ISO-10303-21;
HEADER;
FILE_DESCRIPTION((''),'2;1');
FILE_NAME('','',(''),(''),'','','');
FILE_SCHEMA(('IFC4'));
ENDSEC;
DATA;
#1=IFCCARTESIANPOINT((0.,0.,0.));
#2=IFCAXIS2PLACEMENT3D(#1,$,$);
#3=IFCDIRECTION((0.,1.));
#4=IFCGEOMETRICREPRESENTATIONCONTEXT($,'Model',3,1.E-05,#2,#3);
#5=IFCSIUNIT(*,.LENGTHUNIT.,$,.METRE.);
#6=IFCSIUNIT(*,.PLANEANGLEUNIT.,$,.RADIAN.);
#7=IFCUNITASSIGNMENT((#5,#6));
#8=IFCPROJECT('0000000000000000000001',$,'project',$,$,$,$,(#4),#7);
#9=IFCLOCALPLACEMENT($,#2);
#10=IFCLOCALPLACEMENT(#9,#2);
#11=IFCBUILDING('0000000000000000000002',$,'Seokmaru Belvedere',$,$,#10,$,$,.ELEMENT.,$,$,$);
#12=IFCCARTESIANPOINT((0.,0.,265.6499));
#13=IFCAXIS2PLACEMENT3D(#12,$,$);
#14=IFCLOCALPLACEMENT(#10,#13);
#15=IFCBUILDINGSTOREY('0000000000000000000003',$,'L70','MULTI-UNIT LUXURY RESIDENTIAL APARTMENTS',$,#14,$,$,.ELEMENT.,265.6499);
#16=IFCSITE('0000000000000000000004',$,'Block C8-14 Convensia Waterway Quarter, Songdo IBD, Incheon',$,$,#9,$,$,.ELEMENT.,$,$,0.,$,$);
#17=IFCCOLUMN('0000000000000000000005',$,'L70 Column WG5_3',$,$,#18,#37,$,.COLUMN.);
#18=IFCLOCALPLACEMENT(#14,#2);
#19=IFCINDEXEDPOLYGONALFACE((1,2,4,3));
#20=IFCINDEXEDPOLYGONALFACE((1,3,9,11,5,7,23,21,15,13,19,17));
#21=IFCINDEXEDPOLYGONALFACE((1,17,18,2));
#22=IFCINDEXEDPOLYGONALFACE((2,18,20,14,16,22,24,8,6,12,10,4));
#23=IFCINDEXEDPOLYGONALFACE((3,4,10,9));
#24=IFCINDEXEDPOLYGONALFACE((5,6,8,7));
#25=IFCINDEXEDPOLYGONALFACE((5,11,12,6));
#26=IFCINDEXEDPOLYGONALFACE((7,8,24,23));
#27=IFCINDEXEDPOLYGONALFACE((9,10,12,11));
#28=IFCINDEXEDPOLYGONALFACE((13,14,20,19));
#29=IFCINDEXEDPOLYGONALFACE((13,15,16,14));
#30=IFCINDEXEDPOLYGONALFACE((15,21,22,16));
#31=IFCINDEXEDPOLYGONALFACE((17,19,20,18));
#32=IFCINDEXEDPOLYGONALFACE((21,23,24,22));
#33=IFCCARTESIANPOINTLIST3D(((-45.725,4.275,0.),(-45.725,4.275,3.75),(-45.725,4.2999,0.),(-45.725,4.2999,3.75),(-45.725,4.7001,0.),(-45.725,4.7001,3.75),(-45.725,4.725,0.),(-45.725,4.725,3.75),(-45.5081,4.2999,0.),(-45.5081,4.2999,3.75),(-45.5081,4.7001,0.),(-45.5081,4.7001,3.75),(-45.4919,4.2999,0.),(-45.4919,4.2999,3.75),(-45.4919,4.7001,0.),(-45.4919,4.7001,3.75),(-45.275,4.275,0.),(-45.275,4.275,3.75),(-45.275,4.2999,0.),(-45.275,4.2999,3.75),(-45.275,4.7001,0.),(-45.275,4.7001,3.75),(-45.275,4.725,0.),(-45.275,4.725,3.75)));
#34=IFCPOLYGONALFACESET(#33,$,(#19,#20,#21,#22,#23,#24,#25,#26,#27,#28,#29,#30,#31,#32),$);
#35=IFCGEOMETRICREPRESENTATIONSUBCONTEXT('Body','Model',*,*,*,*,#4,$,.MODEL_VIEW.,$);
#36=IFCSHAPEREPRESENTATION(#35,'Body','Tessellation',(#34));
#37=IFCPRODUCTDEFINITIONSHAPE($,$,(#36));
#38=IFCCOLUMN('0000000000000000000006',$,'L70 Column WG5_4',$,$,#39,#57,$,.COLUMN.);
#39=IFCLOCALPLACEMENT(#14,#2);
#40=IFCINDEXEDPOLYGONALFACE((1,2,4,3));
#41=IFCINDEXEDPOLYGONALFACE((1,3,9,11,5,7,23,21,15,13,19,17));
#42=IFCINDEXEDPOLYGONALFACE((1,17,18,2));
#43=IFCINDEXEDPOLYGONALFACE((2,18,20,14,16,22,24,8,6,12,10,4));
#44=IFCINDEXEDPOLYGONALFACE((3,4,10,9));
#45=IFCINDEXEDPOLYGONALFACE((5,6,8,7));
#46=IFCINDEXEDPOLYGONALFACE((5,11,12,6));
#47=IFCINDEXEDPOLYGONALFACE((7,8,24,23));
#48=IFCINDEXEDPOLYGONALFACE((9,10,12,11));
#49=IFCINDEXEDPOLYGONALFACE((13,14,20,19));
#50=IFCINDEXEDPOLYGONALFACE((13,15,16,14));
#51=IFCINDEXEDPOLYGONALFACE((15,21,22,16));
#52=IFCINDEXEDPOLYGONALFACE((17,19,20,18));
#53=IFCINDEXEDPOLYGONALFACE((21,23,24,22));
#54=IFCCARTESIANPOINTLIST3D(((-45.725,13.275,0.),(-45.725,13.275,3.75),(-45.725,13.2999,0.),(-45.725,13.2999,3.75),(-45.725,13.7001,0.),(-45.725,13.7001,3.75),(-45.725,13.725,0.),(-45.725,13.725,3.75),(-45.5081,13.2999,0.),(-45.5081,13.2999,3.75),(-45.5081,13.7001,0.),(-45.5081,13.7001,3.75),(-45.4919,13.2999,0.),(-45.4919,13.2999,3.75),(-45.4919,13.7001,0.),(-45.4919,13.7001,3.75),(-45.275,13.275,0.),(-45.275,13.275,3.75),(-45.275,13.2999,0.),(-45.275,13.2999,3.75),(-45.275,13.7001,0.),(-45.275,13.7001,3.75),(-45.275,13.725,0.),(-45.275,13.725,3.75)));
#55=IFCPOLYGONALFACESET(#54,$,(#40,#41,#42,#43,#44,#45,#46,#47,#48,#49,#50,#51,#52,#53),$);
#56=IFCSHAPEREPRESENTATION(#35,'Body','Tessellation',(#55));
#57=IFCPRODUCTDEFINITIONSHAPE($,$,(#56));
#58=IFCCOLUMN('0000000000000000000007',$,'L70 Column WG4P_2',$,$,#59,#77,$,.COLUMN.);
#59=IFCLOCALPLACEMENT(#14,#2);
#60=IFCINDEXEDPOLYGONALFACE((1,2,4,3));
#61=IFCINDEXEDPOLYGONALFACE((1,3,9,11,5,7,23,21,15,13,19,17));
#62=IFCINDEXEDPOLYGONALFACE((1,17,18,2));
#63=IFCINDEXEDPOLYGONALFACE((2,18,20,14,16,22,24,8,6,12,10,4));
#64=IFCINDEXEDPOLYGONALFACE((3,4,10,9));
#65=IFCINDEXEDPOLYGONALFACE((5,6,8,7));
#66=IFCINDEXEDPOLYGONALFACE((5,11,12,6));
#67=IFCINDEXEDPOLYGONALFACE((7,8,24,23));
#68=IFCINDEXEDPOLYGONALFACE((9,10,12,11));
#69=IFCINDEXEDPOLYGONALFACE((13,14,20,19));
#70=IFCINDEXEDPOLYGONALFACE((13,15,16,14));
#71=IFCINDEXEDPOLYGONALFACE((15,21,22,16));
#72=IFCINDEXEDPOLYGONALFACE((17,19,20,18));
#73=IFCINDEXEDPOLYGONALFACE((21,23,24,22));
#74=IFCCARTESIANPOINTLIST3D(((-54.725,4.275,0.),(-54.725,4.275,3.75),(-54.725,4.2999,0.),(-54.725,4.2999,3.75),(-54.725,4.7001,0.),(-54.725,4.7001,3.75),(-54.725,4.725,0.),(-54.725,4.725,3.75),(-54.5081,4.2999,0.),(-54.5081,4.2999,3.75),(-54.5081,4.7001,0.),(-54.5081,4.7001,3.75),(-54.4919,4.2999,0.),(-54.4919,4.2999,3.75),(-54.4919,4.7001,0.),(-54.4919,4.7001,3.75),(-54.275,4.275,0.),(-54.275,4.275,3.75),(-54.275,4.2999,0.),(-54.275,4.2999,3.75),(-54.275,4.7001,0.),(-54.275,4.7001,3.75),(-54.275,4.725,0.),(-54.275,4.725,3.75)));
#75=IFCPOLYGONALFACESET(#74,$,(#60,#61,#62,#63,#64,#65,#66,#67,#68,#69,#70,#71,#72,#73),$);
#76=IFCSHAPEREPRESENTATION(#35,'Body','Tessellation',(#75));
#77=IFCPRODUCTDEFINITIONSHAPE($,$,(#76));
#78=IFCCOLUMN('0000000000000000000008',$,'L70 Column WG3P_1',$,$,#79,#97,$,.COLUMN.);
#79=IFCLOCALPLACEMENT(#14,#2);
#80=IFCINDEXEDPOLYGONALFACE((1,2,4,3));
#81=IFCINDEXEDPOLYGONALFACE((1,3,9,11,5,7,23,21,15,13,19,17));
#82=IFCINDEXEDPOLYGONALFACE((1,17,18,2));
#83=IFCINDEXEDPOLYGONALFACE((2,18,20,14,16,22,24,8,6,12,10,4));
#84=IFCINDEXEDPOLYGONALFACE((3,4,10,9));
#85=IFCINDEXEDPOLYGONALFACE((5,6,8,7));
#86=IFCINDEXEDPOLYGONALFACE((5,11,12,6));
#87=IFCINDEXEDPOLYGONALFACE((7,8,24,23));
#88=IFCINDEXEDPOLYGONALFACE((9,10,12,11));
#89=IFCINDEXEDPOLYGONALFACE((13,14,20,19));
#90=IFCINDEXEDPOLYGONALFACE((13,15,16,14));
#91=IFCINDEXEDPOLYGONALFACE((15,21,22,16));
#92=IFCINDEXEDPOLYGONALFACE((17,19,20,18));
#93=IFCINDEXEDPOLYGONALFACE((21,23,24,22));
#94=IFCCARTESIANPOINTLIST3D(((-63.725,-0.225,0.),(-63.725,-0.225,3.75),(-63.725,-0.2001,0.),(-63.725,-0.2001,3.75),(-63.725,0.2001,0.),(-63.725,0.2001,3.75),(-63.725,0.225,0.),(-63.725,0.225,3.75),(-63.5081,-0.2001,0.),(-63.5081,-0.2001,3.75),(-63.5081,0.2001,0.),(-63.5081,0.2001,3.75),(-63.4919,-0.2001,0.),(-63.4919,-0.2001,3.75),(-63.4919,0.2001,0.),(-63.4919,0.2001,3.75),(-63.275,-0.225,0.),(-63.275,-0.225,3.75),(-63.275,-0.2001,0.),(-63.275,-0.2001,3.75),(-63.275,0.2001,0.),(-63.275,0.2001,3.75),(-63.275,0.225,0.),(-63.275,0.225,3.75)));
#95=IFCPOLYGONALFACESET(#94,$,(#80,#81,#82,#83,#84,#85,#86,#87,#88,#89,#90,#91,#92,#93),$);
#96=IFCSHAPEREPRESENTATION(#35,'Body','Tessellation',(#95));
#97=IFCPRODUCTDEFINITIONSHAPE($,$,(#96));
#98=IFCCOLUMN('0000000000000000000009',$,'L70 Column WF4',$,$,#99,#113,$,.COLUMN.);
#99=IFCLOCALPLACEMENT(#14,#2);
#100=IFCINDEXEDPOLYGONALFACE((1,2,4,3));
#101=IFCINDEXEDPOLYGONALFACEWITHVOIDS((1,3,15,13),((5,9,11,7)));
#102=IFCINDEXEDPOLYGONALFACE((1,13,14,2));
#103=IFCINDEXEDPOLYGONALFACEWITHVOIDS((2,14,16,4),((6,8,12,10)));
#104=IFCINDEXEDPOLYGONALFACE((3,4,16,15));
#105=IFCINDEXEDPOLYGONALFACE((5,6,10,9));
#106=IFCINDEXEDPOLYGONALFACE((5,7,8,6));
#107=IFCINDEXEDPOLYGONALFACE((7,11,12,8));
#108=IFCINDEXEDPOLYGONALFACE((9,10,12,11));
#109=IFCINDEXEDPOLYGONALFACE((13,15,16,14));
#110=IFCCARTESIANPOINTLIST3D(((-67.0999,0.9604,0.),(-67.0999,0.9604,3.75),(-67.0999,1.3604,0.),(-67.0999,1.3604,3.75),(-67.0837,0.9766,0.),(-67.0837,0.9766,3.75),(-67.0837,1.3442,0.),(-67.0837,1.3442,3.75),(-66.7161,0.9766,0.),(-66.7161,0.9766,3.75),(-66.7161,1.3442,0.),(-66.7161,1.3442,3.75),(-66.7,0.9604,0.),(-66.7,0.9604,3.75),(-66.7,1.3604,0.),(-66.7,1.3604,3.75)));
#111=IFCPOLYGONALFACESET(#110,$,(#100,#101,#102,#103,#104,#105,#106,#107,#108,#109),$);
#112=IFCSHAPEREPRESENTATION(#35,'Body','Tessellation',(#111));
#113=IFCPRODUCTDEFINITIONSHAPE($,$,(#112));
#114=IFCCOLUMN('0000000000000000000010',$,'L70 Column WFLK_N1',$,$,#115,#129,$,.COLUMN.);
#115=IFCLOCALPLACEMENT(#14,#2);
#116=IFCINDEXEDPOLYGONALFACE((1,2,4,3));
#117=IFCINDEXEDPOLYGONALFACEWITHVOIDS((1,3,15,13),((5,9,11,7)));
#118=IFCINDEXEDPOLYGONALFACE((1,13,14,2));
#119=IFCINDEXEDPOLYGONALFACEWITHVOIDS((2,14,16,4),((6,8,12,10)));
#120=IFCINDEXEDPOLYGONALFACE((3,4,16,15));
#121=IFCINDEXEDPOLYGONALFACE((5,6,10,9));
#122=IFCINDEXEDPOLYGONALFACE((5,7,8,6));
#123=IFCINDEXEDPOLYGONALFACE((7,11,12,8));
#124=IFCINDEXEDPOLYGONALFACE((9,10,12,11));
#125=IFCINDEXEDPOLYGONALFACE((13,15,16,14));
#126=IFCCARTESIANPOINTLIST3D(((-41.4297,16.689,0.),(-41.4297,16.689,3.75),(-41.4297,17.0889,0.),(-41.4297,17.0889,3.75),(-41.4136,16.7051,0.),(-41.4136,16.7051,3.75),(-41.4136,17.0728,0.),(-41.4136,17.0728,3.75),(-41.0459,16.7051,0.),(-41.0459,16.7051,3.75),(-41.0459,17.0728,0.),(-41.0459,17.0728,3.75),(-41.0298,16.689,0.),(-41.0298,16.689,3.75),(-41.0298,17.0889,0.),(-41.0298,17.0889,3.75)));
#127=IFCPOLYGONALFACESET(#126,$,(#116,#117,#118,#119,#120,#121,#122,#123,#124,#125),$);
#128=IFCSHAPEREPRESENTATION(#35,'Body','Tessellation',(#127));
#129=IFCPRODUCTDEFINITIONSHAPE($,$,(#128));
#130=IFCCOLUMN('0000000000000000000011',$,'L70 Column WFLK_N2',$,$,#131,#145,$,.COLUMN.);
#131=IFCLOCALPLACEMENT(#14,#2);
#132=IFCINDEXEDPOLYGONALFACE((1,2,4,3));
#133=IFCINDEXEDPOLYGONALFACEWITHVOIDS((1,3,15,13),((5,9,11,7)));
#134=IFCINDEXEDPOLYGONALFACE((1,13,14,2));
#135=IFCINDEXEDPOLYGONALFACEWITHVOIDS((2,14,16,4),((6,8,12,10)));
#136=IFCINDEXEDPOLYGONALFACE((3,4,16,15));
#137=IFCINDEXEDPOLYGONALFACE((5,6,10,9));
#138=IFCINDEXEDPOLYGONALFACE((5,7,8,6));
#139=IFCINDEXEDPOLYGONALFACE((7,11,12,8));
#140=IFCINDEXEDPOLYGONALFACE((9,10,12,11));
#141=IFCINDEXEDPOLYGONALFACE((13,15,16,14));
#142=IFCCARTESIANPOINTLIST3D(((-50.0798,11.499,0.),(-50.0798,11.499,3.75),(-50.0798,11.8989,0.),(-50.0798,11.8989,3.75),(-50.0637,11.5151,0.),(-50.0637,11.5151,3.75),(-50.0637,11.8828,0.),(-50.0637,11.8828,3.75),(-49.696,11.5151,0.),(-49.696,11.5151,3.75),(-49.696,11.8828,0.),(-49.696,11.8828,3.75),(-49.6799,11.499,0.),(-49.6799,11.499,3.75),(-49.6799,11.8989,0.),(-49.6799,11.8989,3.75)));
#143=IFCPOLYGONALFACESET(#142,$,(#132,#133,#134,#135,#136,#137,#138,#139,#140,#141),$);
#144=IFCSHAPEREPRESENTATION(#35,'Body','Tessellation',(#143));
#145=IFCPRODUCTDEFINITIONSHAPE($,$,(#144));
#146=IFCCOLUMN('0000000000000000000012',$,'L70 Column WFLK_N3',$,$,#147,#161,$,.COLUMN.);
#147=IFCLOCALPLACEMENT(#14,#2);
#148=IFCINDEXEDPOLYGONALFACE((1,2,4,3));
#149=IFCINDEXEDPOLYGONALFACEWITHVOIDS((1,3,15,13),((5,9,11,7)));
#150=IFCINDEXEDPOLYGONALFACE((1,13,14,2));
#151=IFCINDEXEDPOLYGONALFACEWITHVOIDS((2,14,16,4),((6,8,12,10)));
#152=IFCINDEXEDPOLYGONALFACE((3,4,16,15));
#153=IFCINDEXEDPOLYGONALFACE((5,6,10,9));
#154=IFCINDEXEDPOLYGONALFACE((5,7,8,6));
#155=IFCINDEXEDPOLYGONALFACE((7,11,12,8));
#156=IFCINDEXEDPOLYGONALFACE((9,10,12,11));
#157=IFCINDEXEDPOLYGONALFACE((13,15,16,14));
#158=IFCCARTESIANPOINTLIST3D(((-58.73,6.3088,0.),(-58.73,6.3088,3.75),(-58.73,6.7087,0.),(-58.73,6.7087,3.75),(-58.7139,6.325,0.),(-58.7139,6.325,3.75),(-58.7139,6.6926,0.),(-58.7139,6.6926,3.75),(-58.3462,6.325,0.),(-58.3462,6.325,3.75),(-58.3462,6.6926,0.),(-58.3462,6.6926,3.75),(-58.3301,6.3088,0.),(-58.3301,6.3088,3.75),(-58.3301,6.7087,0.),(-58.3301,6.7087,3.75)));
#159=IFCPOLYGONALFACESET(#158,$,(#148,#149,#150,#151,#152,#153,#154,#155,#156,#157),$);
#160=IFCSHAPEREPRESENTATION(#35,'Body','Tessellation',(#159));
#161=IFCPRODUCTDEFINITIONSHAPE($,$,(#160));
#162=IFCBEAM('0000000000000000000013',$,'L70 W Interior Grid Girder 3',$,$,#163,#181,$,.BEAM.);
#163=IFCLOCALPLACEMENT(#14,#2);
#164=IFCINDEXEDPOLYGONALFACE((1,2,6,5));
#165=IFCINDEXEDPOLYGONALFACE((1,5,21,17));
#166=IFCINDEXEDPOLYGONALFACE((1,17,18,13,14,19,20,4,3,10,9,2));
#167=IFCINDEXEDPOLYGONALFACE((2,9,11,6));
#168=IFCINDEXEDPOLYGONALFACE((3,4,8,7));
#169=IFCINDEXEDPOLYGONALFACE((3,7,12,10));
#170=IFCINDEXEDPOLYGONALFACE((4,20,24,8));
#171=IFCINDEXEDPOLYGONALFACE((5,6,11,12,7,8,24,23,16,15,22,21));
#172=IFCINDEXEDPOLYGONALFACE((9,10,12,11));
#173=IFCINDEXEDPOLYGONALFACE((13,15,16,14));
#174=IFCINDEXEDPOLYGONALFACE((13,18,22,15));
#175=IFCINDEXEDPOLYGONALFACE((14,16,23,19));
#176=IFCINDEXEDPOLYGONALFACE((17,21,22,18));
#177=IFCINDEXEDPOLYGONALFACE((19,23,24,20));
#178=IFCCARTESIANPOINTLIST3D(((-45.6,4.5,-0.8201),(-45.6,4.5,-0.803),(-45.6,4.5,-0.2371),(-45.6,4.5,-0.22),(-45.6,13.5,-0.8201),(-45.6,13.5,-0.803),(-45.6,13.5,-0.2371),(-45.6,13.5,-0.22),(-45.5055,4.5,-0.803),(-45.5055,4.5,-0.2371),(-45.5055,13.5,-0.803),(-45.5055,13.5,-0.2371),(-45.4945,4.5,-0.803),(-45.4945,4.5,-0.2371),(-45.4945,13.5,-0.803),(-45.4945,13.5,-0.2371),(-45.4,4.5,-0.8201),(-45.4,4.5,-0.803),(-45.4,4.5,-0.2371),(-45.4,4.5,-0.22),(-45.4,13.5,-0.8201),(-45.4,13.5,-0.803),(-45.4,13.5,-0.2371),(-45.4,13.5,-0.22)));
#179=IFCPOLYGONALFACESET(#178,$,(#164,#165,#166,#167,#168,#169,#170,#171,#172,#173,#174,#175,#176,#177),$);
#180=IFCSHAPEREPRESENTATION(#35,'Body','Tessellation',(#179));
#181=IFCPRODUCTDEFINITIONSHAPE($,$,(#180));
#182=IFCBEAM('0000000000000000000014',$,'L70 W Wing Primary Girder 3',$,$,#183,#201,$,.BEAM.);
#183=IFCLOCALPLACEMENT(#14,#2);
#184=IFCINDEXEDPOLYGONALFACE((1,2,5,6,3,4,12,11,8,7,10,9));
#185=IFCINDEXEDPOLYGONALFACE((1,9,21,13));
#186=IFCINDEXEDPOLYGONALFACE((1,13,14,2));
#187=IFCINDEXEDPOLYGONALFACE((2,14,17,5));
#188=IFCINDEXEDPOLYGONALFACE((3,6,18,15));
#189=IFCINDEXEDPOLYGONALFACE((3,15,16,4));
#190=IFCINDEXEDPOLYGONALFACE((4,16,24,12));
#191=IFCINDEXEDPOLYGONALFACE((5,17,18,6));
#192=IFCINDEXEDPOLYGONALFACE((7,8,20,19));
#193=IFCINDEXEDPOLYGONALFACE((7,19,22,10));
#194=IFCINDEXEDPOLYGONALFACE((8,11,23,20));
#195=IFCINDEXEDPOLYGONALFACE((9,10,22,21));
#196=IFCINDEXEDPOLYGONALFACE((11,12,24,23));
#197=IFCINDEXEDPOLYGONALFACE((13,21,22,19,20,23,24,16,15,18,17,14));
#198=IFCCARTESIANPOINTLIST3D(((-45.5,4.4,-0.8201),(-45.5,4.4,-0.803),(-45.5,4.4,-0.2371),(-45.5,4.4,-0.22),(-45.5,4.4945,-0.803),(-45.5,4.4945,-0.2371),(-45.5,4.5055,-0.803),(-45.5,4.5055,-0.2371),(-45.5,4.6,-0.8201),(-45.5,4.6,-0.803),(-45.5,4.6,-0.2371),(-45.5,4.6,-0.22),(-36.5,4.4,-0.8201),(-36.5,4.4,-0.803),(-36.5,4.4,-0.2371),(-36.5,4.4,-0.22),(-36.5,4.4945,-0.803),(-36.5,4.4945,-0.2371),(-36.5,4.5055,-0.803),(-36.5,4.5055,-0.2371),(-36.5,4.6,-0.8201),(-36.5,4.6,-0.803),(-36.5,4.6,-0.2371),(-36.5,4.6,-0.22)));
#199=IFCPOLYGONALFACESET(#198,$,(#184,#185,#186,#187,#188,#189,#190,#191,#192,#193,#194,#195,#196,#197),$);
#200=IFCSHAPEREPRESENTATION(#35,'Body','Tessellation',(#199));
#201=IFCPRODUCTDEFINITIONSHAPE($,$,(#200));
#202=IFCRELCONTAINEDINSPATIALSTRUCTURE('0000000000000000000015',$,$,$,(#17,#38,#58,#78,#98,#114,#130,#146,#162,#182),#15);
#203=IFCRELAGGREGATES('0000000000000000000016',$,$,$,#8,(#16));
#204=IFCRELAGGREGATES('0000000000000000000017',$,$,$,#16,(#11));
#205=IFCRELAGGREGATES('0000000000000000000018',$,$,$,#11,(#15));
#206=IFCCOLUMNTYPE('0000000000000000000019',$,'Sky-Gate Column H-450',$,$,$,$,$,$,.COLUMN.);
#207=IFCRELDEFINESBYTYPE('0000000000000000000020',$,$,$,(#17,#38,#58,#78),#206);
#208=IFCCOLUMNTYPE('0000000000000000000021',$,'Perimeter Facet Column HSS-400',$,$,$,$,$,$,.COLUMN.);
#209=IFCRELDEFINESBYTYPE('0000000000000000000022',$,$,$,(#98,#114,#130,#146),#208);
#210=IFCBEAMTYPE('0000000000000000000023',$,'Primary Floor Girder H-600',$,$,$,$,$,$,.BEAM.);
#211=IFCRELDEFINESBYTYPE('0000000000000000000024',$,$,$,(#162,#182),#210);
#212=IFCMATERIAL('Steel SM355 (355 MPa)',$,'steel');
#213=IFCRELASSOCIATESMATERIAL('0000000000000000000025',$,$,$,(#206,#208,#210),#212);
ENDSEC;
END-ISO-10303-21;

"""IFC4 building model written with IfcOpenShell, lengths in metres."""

from ifc_helpers import new_model, si_unit, direction, frame, origin, origin_2d, place, context, subcontext, project, spatial, hollow_rectangle, i_section, extrude, source, transform, mapped, material, material_profile, profile_set, type_object, type_shapes, element, save


model = new_model("IFC4")

# Units and contexts
model_context = context("Model", 3, precision=1e-05, world=origin(), true_north=direction((0.0, 1.0)))
body_context = subcontext(model_context, "Body", "Model", "MODEL_VIEW")
ifc_project = project(units=[si_unit("LENGTHUNIT", "METRE"), si_unit("PLANEANGLEUNIT", "RADIAN")], contexts=[model_context])

# Site, building, storey
site_placement = place(None, origin())
site = spatial("IfcSite", under=ifc_project, at=site_placement, Name="Block C8-14 Convensia Waterway Quarter, Songdo IBD, Incheon", CompositionType="ELEMENT", RefElevation=0.0)
building_placement = place(site_placement, origin())
building = spatial("IfcBuilding", under=site, at=building_placement, Name="Seokmaru Belvedere", CompositionType="ELEMENT")
storey_placement = place(building_placement, frame((0.0, 0.0, 265.6499)))
storey = spatial("IfcBuildingStorey", under=building, at=storey_placement, Name="L70", Description="MULTI-UNIT LUXURY RESIDENTIAL APARTMENTS", CompositionType="ELEMENT", Elevation=265.6499)

# Columns
ifc_material_1 = material(Name="Steel SM355 (355 MPa)", Category="steel")
ifc_material_profile_1 = material_profile(ifc_material_1, i_section(OverallWidth=0.45, OverallDepth=0.45, WebThickness=0.0161, FlangeThickness=0.0249, at=origin_2d()), Name="H-450x450x16x25")
ifc_profile_set_1 = profile_set([ifc_material_profile_1], Name="Steel SM355 (355 MPa)")
column_type_1 = type_object("IfcColumnType", Name="Sky-Gate Column H-450", PredefinedType="COLUMN", material=ifc_profile_set_1)
shared_shape_1 = source(origin(), body_context, "Body", "SweptSolid", [
    extrude(i_section(OverallWidth=0.45, OverallDepth=0.45, WebThickness=0.0161, FlangeThickness=0.0249, at=origin_2d()), origin(), (0.0, 0.0, 1.0), 3.75),
])
type_shapes(column_type_1, [shared_shape_1])
for number, where, z_axis, x_axis, name in (
    (1, (-45.5, 4.5, 0.0), (0.0, 0.0, 1.0), (1.0, 0.0, 0.0), "L70 Column WG5_3"),
    (2, (-45.5, 13.5, 0.0), (0.0, 0.0, 1.0), (1.0, 0.0, 0.0), "L70 Column WG5_4"),
    (3, (-54.5, 4.5, 0.0), (0.0, 0.0, 1.0), (1.0, 0.0, 0.0), "L70 Column WG4P_2"),
    (4, (-63.5, 0.0, 0.0), (0.0, 0.0, 1.0), (1.0, 0.0, 0.0), "L70 Column WG3P_1"),
):
    element("IfcColumn", number, at=place(storey_placement, frame(where, z_axis=z_axis, x_axis=x_axis)), inside=storey, type_object=column_type_1, Name=name, PredefinedType="COLUMN", context=body_context, shape_type="MappedRepresentation", body=[
        mapped(shared_shape_1, transform((0.0, 0.0, 0.0), scale=1.0)),
    ])
ifc_material_profile_2 = material_profile(ifc_material_1, hollow_rectangle(XDim=0.3999, YDim=0.3999, WallThickness=0.0161, at=origin_2d()), Name="HSS-400x400x16")
ifc_profile_set_2 = profile_set([ifc_material_profile_2], Name="Steel SM355 (355 MPa)")
column_type_2 = type_object("IfcColumnType", Name="Perimeter Facet Column HSS-400", PredefinedType="COLUMN", material=ifc_profile_set_2)
shared_shape_2 = source(origin(), body_context, "Body", "SweptSolid", [
    extrude(hollow_rectangle(XDim=0.3999, YDim=0.3999, WallThickness=0.0161, at=origin_2d()), origin(), (0.0, 0.0, 1.0), 3.75),
])
type_shapes(column_type_2, [shared_shape_2])
for number, where, z_axis, x_axis, name in (
    (5, (-66.8999, 1.1604, 0.0), (0.0, 0.0, 1.0), (1.0, 0.0, 0.0), "L70 Column WF4"),
    (6, (-41.2297, 16.8889, 0.0), (0.0, 0.0, 1.0), (1.0, 0.0, 0.0), "L70 Column WFLK_N1"),
    (7, (-49.8799, 11.699, 0.0), (0.0, 0.0, 1.0), (1.0, 0.0, 0.0), "L70 Column WFLK_N2"),
    (8, (-58.53, 6.5088, 0.0), (0.0, 0.0, 1.0), (1.0, 0.0, 0.0), "L70 Column WFLK_N3"),
):
    element("IfcColumn", number, at=place(storey_placement, frame(where, z_axis=z_axis, x_axis=x_axis)), inside=storey, type_object=column_type_2, Name=name, PredefinedType="COLUMN", context=body_context, shape_type="MappedRepresentation", body=[
        mapped(shared_shape_2, transform((0.0, 0.0, 0.0), scale=1.0)),
    ])

# Beams
ifc_material_profile_3 = material_profile(ifc_material_1, i_section(OverallWidth=0.2, OverallDepth=0.6001, WebThickness=0.011, FlangeThickness=0.0171, at=origin_2d()), Name="H-600x200x11x17")
ifc_profile_set_3 = profile_set([ifc_material_profile_3], Name="Steel SM355 (355 MPa)")
beam_type_1 = type_object("IfcBeamType", Name="Primary Floor Girder H-600", PredefinedType="BEAM", material=ifc_profile_set_3)
shared_shape_3 = source(origin(), body_context, "Body", "SweptSolid", [
    extrude(i_section(OverallWidth=0.2, OverallDepth=0.6001, WebThickness=0.011, FlangeThickness=0.0171, at=origin_2d()), origin(), (0.0, 0.0, 1.0), 9.0),
])
for number, where, z_axis, x_axis, name in (
    (9, (-45.5, 4.5, -0.52), (0.0, 1.0, 0.0), (-1.0, 0.0, 0.0), "L70 W Interior Grid Girder 3"),
    (10, (-45.5, 4.5, -0.52), (1.0, 0.0, 0.0), (0.0, 1.0, 0.0), "L70 W Wing Primary Girder 3"),
):
    element("IfcBeam", number, at=place(storey_placement, frame(where, z_axis=z_axis, x_axis=x_axis)), inside=storey, type_object=beam_type_1, Name=name, PredefinedType="BEAM", context=body_context, shape_type="MappedRepresentation", body=[
        mapped(shared_shape_3, transform((0.0, 0.0, 0.0), scale=1.0)),
    ])

save(model, "model.ifc")
